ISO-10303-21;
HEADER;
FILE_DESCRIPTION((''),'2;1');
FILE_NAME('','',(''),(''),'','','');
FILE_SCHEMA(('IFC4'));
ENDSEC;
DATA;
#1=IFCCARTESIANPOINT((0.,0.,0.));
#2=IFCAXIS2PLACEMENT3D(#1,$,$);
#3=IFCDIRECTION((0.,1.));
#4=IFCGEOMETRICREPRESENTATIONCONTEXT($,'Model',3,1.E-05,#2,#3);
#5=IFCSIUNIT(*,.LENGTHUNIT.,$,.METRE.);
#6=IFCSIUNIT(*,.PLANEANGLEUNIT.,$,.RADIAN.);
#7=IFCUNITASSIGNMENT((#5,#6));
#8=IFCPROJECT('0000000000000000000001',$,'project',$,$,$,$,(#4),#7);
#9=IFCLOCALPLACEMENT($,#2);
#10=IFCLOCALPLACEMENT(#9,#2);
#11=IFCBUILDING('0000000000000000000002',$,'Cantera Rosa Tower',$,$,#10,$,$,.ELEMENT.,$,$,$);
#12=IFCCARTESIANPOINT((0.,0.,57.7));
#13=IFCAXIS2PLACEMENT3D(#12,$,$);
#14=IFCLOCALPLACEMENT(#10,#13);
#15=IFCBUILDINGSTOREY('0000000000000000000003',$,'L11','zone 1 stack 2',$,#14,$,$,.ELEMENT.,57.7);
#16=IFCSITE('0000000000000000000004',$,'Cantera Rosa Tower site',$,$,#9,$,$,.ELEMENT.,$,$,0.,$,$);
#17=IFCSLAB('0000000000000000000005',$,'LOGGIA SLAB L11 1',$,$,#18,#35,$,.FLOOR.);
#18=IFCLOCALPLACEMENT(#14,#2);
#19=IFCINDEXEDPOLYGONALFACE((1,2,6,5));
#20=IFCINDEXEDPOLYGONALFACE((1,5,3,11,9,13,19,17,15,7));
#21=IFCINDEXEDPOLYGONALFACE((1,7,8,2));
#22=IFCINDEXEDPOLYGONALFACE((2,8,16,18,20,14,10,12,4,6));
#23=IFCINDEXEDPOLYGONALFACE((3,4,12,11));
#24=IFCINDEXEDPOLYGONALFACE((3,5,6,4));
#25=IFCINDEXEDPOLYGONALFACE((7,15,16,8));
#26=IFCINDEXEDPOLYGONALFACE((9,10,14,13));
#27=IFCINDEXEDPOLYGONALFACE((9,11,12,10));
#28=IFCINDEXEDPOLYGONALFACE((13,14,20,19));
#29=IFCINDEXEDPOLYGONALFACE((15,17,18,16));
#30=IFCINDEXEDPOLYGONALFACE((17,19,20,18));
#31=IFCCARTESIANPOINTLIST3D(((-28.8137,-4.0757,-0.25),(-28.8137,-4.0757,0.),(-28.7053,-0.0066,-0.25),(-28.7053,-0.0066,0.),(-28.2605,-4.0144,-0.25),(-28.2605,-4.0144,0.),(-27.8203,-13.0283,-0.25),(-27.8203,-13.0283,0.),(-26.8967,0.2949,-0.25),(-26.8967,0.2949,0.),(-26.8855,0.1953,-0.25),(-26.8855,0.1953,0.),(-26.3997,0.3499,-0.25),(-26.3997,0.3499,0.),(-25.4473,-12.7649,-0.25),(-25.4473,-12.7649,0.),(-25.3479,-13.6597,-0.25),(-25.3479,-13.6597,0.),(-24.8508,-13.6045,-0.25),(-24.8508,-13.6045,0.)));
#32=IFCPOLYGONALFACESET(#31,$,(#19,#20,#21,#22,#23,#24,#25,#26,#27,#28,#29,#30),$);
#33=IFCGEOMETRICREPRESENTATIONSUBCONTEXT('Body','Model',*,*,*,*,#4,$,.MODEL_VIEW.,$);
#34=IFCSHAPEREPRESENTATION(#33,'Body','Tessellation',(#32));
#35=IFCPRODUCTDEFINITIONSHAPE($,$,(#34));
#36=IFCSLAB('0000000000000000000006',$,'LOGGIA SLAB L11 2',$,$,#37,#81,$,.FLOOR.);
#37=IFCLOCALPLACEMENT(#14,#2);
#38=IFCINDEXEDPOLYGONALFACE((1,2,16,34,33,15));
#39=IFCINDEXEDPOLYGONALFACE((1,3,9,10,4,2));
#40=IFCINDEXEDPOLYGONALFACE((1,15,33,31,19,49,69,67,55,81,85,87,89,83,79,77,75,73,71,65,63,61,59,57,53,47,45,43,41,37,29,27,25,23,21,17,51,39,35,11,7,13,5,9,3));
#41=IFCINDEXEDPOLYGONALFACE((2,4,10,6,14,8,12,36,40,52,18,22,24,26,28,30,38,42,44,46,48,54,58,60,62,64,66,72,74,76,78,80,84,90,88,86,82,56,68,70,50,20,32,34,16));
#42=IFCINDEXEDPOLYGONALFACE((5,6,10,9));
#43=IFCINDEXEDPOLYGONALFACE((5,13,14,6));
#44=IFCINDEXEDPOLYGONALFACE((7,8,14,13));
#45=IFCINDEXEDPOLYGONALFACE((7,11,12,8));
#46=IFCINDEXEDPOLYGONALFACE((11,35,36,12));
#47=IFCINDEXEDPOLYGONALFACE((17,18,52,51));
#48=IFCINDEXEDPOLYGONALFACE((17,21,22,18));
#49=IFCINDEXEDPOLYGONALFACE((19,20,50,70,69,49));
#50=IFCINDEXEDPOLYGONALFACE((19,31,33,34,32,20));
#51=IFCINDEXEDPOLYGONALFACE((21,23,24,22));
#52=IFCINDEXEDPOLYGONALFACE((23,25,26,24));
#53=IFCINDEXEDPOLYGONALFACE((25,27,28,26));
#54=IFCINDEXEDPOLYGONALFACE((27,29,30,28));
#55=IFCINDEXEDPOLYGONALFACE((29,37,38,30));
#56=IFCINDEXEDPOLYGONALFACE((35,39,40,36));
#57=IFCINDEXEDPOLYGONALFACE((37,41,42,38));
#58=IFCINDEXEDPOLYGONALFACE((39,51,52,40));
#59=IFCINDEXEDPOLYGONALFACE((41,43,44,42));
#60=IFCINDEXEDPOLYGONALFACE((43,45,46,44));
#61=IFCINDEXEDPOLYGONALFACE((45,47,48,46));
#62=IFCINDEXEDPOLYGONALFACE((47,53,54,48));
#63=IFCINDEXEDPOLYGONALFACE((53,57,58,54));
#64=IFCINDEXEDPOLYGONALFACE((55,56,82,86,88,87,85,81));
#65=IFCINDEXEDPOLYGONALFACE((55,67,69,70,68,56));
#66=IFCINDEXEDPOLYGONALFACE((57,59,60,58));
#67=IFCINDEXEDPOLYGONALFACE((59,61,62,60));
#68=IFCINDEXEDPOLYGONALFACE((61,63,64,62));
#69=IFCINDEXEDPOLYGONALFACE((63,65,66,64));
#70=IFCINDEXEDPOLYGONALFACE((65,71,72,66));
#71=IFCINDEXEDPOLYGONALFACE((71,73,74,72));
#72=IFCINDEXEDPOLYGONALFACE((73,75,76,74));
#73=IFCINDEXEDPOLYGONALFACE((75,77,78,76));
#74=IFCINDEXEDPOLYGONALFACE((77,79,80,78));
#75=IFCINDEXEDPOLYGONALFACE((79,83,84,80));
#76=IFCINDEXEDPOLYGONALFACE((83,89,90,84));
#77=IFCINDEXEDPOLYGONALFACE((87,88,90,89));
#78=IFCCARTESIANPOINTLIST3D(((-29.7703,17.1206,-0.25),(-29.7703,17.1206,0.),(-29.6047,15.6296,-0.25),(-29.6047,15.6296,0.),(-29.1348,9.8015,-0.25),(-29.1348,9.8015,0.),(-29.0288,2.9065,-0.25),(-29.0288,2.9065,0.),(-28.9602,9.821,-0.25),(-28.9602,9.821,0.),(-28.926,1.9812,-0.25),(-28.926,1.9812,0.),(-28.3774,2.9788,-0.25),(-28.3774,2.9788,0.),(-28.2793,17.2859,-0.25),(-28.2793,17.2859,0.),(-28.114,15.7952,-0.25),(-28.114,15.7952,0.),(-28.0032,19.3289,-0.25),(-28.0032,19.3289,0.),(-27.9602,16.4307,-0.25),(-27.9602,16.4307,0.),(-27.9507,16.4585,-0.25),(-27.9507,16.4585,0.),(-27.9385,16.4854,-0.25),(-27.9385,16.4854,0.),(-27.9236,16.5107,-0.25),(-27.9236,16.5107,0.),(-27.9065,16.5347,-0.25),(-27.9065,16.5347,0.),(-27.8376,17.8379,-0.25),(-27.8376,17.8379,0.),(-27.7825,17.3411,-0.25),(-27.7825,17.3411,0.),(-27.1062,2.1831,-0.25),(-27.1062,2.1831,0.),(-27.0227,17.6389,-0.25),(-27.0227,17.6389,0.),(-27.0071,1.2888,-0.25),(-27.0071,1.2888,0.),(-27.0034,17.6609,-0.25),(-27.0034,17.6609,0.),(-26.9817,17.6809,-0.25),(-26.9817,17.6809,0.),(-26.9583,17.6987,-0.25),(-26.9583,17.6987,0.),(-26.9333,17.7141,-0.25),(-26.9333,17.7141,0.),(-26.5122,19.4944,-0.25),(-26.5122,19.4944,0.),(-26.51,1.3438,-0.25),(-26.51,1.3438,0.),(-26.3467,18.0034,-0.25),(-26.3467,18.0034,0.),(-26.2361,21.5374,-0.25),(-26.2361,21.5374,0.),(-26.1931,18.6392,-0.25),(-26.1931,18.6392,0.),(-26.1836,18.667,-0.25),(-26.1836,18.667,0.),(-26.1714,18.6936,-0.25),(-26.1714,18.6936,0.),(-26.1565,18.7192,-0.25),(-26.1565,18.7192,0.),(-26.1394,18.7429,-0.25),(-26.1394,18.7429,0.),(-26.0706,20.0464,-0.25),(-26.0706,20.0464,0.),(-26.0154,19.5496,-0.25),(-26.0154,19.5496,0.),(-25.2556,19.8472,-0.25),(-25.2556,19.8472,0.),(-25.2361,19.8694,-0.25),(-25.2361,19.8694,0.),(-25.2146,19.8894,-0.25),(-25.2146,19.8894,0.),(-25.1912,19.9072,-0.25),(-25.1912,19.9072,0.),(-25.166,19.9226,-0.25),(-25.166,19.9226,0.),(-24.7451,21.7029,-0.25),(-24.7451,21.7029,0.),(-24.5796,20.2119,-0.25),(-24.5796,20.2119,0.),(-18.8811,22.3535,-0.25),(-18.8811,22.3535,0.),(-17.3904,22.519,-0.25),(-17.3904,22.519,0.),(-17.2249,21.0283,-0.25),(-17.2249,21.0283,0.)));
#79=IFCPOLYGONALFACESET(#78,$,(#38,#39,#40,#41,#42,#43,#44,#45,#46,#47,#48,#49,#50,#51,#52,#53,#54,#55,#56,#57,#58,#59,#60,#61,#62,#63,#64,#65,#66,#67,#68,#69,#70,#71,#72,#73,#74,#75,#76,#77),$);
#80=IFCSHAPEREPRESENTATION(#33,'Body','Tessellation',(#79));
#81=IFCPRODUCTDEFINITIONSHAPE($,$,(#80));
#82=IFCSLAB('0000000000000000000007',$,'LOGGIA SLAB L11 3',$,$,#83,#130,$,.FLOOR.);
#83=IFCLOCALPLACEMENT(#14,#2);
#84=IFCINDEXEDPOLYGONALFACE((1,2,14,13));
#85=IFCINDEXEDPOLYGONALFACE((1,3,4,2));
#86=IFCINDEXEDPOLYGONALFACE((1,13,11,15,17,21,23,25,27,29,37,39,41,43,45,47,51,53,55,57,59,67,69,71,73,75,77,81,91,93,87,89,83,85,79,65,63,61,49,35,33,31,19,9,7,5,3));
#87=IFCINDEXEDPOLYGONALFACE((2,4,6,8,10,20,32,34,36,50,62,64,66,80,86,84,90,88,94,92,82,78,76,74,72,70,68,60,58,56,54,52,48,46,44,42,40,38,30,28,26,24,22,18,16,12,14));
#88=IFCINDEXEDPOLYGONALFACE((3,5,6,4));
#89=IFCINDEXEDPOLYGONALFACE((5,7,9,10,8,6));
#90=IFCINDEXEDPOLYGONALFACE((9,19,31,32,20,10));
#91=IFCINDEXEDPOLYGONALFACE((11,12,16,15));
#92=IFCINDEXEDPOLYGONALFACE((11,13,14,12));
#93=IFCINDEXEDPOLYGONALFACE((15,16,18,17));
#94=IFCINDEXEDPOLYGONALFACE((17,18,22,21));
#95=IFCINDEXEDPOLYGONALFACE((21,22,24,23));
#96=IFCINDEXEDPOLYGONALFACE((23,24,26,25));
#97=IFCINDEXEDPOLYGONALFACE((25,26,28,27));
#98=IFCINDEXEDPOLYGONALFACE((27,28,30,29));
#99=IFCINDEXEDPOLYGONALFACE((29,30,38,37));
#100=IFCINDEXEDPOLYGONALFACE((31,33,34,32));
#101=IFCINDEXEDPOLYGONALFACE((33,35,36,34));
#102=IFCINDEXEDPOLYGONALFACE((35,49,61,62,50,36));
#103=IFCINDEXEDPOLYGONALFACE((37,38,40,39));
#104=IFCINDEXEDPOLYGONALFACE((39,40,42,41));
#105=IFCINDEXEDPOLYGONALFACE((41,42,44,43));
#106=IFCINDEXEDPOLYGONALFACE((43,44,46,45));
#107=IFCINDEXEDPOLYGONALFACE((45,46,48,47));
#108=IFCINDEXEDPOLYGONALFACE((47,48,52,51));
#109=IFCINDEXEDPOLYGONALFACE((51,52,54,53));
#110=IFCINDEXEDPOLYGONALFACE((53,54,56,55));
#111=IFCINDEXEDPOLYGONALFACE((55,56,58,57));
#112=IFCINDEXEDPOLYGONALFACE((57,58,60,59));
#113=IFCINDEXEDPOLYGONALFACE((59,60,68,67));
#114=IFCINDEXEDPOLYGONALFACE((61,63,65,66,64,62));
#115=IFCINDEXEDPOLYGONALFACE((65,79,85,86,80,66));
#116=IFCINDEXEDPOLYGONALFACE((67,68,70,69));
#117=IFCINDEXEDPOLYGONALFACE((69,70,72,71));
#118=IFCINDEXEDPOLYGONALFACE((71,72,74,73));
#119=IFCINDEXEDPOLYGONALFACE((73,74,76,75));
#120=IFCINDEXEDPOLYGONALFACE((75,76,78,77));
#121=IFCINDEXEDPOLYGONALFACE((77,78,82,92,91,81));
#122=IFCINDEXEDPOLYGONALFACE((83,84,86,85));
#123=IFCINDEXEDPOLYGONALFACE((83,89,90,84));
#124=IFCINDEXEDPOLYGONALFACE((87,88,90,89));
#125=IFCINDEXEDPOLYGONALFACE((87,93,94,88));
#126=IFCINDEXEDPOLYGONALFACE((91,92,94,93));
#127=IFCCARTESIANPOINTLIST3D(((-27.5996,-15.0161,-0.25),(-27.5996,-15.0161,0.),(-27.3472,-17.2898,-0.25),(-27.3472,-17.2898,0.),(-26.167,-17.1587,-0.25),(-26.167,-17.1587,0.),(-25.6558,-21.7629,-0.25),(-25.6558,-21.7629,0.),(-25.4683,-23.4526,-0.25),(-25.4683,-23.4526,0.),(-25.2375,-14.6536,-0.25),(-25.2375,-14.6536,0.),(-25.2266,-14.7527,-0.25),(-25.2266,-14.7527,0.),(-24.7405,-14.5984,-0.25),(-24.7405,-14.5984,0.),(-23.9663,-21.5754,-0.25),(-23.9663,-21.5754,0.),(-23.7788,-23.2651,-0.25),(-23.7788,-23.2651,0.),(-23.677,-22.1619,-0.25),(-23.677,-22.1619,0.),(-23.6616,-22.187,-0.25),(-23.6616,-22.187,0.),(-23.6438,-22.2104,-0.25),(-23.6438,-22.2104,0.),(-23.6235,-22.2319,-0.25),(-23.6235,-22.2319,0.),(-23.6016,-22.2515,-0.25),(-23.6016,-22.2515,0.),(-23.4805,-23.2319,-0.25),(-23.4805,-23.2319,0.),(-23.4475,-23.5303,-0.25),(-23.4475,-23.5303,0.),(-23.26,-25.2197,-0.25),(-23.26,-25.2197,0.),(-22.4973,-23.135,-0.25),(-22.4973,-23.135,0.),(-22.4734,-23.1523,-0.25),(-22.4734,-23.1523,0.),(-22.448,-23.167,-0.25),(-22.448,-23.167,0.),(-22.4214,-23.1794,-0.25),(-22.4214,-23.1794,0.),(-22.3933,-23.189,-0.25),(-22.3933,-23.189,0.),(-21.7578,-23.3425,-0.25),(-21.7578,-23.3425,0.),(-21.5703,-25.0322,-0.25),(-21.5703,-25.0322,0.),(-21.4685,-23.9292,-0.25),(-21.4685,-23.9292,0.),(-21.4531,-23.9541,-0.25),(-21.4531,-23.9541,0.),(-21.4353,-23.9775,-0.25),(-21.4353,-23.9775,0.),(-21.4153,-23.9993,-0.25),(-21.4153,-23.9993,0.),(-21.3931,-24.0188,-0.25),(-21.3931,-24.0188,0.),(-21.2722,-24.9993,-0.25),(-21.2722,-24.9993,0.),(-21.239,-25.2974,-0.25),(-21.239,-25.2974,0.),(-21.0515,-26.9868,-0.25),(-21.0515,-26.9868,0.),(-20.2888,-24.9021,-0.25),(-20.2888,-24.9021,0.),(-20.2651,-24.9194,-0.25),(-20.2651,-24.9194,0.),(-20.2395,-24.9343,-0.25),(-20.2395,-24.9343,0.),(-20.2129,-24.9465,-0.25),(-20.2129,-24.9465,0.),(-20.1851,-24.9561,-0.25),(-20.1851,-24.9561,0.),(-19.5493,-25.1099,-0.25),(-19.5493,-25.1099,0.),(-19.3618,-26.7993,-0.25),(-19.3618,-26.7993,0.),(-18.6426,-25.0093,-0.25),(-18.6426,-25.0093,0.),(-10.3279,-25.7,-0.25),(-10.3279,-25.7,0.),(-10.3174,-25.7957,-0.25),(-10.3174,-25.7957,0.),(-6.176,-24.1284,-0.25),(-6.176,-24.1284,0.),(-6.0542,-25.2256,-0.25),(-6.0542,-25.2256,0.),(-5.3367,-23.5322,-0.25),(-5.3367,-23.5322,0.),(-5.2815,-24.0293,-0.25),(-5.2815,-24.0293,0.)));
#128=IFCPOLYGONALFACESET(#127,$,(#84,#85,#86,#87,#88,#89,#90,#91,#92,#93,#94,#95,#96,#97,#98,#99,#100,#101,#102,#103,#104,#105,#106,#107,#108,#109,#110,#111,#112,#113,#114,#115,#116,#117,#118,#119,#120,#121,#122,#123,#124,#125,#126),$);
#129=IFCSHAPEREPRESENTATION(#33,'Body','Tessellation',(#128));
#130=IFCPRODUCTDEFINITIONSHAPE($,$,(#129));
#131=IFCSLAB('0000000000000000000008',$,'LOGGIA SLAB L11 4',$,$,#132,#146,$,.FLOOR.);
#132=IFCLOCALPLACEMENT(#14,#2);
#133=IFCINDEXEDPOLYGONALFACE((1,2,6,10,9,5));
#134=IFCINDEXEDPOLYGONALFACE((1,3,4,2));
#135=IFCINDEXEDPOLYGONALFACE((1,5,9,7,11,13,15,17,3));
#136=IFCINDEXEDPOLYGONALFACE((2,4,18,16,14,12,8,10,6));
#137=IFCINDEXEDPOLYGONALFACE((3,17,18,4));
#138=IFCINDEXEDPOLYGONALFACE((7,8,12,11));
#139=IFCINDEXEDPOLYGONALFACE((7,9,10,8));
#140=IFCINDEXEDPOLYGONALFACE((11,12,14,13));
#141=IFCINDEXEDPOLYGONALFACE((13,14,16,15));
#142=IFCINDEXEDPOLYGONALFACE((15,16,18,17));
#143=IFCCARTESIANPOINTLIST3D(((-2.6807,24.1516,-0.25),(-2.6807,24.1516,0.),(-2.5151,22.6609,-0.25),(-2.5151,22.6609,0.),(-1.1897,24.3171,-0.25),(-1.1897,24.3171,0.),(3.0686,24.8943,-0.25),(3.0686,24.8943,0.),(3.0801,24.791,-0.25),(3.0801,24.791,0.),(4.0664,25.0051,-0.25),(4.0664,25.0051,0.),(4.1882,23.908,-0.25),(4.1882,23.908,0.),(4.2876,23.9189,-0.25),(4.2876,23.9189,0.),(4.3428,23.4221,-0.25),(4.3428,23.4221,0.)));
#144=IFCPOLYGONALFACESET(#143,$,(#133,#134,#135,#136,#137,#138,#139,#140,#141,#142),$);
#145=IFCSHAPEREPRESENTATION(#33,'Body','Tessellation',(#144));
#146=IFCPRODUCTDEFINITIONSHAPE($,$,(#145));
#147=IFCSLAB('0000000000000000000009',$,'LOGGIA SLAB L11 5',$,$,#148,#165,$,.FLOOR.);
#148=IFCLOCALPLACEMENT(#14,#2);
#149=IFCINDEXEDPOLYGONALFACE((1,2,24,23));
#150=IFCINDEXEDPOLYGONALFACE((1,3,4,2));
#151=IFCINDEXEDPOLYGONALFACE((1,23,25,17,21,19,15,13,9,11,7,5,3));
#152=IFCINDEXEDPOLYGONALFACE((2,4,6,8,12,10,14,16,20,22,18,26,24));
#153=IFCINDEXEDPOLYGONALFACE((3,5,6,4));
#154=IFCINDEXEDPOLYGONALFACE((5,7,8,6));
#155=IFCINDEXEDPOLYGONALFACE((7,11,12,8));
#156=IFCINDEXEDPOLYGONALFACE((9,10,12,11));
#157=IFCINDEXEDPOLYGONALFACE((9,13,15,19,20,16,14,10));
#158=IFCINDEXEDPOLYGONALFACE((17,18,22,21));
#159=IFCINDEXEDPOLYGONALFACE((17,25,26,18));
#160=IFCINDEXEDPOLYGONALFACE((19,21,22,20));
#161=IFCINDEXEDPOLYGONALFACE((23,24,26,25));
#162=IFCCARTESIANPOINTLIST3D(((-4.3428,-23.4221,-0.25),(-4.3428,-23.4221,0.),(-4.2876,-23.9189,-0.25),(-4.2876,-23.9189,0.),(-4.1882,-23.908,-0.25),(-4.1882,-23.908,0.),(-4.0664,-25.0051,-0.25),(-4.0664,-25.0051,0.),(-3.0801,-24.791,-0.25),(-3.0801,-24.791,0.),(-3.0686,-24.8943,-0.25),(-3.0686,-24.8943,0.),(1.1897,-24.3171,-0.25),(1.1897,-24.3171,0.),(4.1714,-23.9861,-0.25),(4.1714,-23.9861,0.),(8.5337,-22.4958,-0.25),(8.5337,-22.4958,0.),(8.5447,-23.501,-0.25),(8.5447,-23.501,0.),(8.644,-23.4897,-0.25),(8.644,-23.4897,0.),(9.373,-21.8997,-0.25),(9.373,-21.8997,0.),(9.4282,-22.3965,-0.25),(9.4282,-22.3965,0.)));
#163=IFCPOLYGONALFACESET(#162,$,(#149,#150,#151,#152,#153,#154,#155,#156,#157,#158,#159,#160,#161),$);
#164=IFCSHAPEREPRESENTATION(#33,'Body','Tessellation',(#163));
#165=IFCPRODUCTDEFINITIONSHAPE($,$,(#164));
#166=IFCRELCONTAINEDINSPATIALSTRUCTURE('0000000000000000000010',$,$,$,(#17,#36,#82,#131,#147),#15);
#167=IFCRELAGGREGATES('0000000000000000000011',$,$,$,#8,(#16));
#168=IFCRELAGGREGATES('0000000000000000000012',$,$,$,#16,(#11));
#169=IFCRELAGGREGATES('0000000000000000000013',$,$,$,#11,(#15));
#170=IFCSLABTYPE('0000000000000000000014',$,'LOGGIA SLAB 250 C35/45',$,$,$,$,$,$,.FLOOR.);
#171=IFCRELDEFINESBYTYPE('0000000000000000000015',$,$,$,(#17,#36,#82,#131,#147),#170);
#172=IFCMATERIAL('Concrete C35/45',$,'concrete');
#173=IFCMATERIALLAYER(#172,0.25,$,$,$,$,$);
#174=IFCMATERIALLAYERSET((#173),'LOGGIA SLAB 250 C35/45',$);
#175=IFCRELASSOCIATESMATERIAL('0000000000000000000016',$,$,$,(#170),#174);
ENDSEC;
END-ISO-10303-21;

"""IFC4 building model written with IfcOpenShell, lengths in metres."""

from ifc_helpers import new_model, si_unit, direction, frame, origin, place, context, subcontext, project, spatial, polyline, outline, extrude, material, layer, layer_set, type_object, element, save


model = new_model("IFC4")

# Units and contexts
model_context = context("Model", 3, precision=1e-05, world=origin(), true_north=direction((0.0, 1.0)))
body_context = subcontext(model_context, "Body", "Model", "MODEL_VIEW")
ifc_project = project(units=[si_unit("LENGTHUNIT", "METRE"), si_unit("PLANEANGLEUNIT", "RADIAN")], contexts=[model_context])

# Site, building, storey
site_placement = place(None, origin())
site = spatial("IfcSite", under=ifc_project, at=site_placement, Name="Cantera Rosa Tower site", CompositionType="ELEMENT", RefElevation=0.0)
building_placement = place(site_placement, origin())
building = spatial("IfcBuilding", under=site, at=building_placement, Name="Cantera Rosa Tower", CompositionType="ELEMENT")
storey_placement = place(building_placement, frame((0.0, 0.0, 57.7)))
storey = spatial("IfcBuildingStorey", under=building, at=storey_placement, Name="L11", Description="zone 1 stack 2", CompositionType="ELEMENT", Elevation=57.7)

# Slabs
ifc_material_1 = material(Name="Concrete C35/45", Category="concrete")
ifc_layer_1 = layer(ifc_material_1, 0.25)
ifc_layer_set_1 = layer_set([ifc_layer_1], Name="LOGGIA SLAB 250 C35/45")
slab_type_1 = type_object("IfcSlabType", Name="LOGGIA SLAB 250 C35/45", PredefinedType="FLOOR", material=ifc_layer_set_1)
slab_1_placement = place(storey_placement, frame((0.0, 0.0, -0.25)))
element("IfcSlab", 1, at=slab_1_placement, inside=storey, type_object=slab_type_1, Name="LOGGIA SLAB L11 1", PredefinedType="FLOOR", context=body_context, shape_type="SweptSolid", body=[
    extrude(outline(polyline([(-28.7053, -0.0066), (-26.8855, 0.1953), (-26.8967, 0.2949), (-26.3997, 0.3499), (-24.8508, -13.6045), (-25.3479, -13.6597), (-25.4473, -12.7649), (-27.8203, -13.0283), (-28.8137, -4.0757), (-28.2605, -4.0144), (-28.7053, -0.0066)])), origin(), (0.0, 0.0, 1.0), 0.25),
])
slab_2_placement = place(storey_placement, frame((0.0, 0.0, -0.25)))
element("IfcSlab", 2, at=slab_2_placement, inside=storey, type_object=slab_type_1, Name="LOGGIA SLAB L11 2", PredefinedType="FLOOR", context=body_context, shape_type="SweptSolid", body=[
    extrude(outline(polyline([(-29.1348, 9.8015), (-28.9602, 9.821), (-29.6047, 15.6296), (-29.7703, 17.1206), (-28.2793, 17.2859), (-27.7825, 17.3411), (-27.8376, 17.8379), (-28.0032, 19.3289), (-26.5122, 19.4944), (-26.0154, 19.5496), (-26.0706, 20.0464), (-26.2361, 21.5374), (-24.7451, 21.7029), (-18.8811, 22.3535), (-17.3904, 22.519), (-17.2249, 21.0283), (-24.5796, 20.2119), (-25.166, 19.9226), (-25.1912, 19.9072), (-25.2146, 19.8894), (-25.2361, 19.8694), (-25.2556, 19.8472), (-26.1394, 18.7429), (-26.1565, 18.7192), (-26.1714, 18.6936), (-26.1836, 18.667), (-26.1931, 18.6392), (-26.3467, 18.0034), (-26.9333, 17.7141), (-26.9583, 17.6987), (-26.9817, 17.6809), (-27.0034, 17.6609), (-27.0227, 17.6389), (-27.9065, 16.5347), (-27.9236, 16.5107), (-27.9385, 16.4854), (-27.9507, 16.4585), (-27.9602, 16.4307), (-28.114, 15.7952), (-26.51, 1.3438), (-27.0071, 1.2888), (-27.1062, 2.1831), (-28.926, 1.9812), (-29.0288, 2.9065), (-28.3774, 2.9788), (-29.1348, 9.8015)])), origin(), (0.0, 0.0, 1.0), 0.25),
])
slab_3_placement = place(storey_placement, frame((0.0, 0.0, -0.25)))
element("IfcSlab", 3, at=slab_3_placement, inside=storey, type_object=slab_type_1, Name="LOGGIA SLAB L11 3", PredefinedType="FLOOR", context=body_context, shape_type="SweptSolid", body=[
    extrude(outline(polyline([(-19.3618, -26.7993), (-21.0515, -26.9868), (-21.239, -25.2974), (-21.2722, -24.9993), (-21.5703, -25.0322), (-23.26, -25.2197), (-23.4475, -23.5303), (-23.4805, -23.2319), (-23.7788, -23.2651), (-25.4683, -23.4526), (-25.6558, -21.7629), (-26.167, -17.1587), (-27.3472, -17.2898), (-27.5996, -15.0161), (-25.2266, -14.7527), (-25.2375, -14.6536), (-24.7405, -14.5984), (-23.9663, -21.5754), (-23.677, -22.1619), (-23.6616, -22.187), (-23.6438, -22.2104), (-23.6235, -22.2319), (-23.6016, -22.2515), (-22.4973, -23.135), (-22.4734, -23.1523), (-22.448, -23.167), (-22.4214, -23.1794), (-22.3933, -23.189), (-21.7578, -23.3425), (-21.4685, -23.9292), (-21.4531, -23.9541), (-21.4353, -23.9775), (-21.4153, -23.9993), (-21.3931, -24.0188), (-20.2888, -24.9021), (-20.2651, -24.9194), (-20.2395, -24.9343), (-20.2129, -24.9465), (-20.1851, -24.9561), (-19.5493, -25.1099), (-18.6426, -25.0093), (-5.3367, -23.5322), (-5.2815, -24.0293), (-6.176, -24.1284), (-6.0542, -25.2256), (-10.3279, -25.7), (-10.3174, -25.7957), (-19.3618, -26.7993)])), origin(), (0.0, 0.0, 1.0), 0.25),
])
slab_4_placement = place(storey_placement, frame((0.0, 0.0, -0.25)))
element("IfcSlab", 4, at=slab_4_placement, inside=storey, type_object=slab_type_1, Name="LOGGIA SLAB L11 4", PredefinedType="FLOOR", context=body_context, shape_type="SweptSolid", body=[
    extrude(outline(polyline([(3.0801, 24.791), (3.0686, 24.8943), (4.0664, 25.0051), (4.1882, 23.908), (4.2876, 23.9189), (4.3428, 23.4221), (-2.5151, 22.6609), (-2.6807, 24.1516), (-1.1897, 24.3171), (3.0801, 24.791)])), origin(), (0.0, 0.0, 1.0), 0.25),
])
slab_5_placement = place(storey_placement, frame((0.0, 0.0, -0.25)))
element("IfcSlab", 5, at=slab_5_placement, inside=storey, type_object=slab_type_1, Name="LOGGIA SLAB L11 5", PredefinedType="FLOOR", context=body_context, shape_type="SweptSolid", body=[
    extrude(outline(polyline([(-4.1882, -23.908), (-4.2876, -23.9189), (-4.3428, -23.4221), (9.373, -21.8997), (9.4282, -22.3965), (8.5337, -22.4958), (8.644, -23.4897), (8.5447, -23.501), (4.1714, -23.9861), (1.1897, -24.3171), (-3.0801, -24.791), (-3.0686, -24.8943), (-4.0664, -25.0051), (-4.1882, -23.908)])), origin(), (0.0, 0.0, 1.0), 0.25),
])

save(model, "model.ifc")
